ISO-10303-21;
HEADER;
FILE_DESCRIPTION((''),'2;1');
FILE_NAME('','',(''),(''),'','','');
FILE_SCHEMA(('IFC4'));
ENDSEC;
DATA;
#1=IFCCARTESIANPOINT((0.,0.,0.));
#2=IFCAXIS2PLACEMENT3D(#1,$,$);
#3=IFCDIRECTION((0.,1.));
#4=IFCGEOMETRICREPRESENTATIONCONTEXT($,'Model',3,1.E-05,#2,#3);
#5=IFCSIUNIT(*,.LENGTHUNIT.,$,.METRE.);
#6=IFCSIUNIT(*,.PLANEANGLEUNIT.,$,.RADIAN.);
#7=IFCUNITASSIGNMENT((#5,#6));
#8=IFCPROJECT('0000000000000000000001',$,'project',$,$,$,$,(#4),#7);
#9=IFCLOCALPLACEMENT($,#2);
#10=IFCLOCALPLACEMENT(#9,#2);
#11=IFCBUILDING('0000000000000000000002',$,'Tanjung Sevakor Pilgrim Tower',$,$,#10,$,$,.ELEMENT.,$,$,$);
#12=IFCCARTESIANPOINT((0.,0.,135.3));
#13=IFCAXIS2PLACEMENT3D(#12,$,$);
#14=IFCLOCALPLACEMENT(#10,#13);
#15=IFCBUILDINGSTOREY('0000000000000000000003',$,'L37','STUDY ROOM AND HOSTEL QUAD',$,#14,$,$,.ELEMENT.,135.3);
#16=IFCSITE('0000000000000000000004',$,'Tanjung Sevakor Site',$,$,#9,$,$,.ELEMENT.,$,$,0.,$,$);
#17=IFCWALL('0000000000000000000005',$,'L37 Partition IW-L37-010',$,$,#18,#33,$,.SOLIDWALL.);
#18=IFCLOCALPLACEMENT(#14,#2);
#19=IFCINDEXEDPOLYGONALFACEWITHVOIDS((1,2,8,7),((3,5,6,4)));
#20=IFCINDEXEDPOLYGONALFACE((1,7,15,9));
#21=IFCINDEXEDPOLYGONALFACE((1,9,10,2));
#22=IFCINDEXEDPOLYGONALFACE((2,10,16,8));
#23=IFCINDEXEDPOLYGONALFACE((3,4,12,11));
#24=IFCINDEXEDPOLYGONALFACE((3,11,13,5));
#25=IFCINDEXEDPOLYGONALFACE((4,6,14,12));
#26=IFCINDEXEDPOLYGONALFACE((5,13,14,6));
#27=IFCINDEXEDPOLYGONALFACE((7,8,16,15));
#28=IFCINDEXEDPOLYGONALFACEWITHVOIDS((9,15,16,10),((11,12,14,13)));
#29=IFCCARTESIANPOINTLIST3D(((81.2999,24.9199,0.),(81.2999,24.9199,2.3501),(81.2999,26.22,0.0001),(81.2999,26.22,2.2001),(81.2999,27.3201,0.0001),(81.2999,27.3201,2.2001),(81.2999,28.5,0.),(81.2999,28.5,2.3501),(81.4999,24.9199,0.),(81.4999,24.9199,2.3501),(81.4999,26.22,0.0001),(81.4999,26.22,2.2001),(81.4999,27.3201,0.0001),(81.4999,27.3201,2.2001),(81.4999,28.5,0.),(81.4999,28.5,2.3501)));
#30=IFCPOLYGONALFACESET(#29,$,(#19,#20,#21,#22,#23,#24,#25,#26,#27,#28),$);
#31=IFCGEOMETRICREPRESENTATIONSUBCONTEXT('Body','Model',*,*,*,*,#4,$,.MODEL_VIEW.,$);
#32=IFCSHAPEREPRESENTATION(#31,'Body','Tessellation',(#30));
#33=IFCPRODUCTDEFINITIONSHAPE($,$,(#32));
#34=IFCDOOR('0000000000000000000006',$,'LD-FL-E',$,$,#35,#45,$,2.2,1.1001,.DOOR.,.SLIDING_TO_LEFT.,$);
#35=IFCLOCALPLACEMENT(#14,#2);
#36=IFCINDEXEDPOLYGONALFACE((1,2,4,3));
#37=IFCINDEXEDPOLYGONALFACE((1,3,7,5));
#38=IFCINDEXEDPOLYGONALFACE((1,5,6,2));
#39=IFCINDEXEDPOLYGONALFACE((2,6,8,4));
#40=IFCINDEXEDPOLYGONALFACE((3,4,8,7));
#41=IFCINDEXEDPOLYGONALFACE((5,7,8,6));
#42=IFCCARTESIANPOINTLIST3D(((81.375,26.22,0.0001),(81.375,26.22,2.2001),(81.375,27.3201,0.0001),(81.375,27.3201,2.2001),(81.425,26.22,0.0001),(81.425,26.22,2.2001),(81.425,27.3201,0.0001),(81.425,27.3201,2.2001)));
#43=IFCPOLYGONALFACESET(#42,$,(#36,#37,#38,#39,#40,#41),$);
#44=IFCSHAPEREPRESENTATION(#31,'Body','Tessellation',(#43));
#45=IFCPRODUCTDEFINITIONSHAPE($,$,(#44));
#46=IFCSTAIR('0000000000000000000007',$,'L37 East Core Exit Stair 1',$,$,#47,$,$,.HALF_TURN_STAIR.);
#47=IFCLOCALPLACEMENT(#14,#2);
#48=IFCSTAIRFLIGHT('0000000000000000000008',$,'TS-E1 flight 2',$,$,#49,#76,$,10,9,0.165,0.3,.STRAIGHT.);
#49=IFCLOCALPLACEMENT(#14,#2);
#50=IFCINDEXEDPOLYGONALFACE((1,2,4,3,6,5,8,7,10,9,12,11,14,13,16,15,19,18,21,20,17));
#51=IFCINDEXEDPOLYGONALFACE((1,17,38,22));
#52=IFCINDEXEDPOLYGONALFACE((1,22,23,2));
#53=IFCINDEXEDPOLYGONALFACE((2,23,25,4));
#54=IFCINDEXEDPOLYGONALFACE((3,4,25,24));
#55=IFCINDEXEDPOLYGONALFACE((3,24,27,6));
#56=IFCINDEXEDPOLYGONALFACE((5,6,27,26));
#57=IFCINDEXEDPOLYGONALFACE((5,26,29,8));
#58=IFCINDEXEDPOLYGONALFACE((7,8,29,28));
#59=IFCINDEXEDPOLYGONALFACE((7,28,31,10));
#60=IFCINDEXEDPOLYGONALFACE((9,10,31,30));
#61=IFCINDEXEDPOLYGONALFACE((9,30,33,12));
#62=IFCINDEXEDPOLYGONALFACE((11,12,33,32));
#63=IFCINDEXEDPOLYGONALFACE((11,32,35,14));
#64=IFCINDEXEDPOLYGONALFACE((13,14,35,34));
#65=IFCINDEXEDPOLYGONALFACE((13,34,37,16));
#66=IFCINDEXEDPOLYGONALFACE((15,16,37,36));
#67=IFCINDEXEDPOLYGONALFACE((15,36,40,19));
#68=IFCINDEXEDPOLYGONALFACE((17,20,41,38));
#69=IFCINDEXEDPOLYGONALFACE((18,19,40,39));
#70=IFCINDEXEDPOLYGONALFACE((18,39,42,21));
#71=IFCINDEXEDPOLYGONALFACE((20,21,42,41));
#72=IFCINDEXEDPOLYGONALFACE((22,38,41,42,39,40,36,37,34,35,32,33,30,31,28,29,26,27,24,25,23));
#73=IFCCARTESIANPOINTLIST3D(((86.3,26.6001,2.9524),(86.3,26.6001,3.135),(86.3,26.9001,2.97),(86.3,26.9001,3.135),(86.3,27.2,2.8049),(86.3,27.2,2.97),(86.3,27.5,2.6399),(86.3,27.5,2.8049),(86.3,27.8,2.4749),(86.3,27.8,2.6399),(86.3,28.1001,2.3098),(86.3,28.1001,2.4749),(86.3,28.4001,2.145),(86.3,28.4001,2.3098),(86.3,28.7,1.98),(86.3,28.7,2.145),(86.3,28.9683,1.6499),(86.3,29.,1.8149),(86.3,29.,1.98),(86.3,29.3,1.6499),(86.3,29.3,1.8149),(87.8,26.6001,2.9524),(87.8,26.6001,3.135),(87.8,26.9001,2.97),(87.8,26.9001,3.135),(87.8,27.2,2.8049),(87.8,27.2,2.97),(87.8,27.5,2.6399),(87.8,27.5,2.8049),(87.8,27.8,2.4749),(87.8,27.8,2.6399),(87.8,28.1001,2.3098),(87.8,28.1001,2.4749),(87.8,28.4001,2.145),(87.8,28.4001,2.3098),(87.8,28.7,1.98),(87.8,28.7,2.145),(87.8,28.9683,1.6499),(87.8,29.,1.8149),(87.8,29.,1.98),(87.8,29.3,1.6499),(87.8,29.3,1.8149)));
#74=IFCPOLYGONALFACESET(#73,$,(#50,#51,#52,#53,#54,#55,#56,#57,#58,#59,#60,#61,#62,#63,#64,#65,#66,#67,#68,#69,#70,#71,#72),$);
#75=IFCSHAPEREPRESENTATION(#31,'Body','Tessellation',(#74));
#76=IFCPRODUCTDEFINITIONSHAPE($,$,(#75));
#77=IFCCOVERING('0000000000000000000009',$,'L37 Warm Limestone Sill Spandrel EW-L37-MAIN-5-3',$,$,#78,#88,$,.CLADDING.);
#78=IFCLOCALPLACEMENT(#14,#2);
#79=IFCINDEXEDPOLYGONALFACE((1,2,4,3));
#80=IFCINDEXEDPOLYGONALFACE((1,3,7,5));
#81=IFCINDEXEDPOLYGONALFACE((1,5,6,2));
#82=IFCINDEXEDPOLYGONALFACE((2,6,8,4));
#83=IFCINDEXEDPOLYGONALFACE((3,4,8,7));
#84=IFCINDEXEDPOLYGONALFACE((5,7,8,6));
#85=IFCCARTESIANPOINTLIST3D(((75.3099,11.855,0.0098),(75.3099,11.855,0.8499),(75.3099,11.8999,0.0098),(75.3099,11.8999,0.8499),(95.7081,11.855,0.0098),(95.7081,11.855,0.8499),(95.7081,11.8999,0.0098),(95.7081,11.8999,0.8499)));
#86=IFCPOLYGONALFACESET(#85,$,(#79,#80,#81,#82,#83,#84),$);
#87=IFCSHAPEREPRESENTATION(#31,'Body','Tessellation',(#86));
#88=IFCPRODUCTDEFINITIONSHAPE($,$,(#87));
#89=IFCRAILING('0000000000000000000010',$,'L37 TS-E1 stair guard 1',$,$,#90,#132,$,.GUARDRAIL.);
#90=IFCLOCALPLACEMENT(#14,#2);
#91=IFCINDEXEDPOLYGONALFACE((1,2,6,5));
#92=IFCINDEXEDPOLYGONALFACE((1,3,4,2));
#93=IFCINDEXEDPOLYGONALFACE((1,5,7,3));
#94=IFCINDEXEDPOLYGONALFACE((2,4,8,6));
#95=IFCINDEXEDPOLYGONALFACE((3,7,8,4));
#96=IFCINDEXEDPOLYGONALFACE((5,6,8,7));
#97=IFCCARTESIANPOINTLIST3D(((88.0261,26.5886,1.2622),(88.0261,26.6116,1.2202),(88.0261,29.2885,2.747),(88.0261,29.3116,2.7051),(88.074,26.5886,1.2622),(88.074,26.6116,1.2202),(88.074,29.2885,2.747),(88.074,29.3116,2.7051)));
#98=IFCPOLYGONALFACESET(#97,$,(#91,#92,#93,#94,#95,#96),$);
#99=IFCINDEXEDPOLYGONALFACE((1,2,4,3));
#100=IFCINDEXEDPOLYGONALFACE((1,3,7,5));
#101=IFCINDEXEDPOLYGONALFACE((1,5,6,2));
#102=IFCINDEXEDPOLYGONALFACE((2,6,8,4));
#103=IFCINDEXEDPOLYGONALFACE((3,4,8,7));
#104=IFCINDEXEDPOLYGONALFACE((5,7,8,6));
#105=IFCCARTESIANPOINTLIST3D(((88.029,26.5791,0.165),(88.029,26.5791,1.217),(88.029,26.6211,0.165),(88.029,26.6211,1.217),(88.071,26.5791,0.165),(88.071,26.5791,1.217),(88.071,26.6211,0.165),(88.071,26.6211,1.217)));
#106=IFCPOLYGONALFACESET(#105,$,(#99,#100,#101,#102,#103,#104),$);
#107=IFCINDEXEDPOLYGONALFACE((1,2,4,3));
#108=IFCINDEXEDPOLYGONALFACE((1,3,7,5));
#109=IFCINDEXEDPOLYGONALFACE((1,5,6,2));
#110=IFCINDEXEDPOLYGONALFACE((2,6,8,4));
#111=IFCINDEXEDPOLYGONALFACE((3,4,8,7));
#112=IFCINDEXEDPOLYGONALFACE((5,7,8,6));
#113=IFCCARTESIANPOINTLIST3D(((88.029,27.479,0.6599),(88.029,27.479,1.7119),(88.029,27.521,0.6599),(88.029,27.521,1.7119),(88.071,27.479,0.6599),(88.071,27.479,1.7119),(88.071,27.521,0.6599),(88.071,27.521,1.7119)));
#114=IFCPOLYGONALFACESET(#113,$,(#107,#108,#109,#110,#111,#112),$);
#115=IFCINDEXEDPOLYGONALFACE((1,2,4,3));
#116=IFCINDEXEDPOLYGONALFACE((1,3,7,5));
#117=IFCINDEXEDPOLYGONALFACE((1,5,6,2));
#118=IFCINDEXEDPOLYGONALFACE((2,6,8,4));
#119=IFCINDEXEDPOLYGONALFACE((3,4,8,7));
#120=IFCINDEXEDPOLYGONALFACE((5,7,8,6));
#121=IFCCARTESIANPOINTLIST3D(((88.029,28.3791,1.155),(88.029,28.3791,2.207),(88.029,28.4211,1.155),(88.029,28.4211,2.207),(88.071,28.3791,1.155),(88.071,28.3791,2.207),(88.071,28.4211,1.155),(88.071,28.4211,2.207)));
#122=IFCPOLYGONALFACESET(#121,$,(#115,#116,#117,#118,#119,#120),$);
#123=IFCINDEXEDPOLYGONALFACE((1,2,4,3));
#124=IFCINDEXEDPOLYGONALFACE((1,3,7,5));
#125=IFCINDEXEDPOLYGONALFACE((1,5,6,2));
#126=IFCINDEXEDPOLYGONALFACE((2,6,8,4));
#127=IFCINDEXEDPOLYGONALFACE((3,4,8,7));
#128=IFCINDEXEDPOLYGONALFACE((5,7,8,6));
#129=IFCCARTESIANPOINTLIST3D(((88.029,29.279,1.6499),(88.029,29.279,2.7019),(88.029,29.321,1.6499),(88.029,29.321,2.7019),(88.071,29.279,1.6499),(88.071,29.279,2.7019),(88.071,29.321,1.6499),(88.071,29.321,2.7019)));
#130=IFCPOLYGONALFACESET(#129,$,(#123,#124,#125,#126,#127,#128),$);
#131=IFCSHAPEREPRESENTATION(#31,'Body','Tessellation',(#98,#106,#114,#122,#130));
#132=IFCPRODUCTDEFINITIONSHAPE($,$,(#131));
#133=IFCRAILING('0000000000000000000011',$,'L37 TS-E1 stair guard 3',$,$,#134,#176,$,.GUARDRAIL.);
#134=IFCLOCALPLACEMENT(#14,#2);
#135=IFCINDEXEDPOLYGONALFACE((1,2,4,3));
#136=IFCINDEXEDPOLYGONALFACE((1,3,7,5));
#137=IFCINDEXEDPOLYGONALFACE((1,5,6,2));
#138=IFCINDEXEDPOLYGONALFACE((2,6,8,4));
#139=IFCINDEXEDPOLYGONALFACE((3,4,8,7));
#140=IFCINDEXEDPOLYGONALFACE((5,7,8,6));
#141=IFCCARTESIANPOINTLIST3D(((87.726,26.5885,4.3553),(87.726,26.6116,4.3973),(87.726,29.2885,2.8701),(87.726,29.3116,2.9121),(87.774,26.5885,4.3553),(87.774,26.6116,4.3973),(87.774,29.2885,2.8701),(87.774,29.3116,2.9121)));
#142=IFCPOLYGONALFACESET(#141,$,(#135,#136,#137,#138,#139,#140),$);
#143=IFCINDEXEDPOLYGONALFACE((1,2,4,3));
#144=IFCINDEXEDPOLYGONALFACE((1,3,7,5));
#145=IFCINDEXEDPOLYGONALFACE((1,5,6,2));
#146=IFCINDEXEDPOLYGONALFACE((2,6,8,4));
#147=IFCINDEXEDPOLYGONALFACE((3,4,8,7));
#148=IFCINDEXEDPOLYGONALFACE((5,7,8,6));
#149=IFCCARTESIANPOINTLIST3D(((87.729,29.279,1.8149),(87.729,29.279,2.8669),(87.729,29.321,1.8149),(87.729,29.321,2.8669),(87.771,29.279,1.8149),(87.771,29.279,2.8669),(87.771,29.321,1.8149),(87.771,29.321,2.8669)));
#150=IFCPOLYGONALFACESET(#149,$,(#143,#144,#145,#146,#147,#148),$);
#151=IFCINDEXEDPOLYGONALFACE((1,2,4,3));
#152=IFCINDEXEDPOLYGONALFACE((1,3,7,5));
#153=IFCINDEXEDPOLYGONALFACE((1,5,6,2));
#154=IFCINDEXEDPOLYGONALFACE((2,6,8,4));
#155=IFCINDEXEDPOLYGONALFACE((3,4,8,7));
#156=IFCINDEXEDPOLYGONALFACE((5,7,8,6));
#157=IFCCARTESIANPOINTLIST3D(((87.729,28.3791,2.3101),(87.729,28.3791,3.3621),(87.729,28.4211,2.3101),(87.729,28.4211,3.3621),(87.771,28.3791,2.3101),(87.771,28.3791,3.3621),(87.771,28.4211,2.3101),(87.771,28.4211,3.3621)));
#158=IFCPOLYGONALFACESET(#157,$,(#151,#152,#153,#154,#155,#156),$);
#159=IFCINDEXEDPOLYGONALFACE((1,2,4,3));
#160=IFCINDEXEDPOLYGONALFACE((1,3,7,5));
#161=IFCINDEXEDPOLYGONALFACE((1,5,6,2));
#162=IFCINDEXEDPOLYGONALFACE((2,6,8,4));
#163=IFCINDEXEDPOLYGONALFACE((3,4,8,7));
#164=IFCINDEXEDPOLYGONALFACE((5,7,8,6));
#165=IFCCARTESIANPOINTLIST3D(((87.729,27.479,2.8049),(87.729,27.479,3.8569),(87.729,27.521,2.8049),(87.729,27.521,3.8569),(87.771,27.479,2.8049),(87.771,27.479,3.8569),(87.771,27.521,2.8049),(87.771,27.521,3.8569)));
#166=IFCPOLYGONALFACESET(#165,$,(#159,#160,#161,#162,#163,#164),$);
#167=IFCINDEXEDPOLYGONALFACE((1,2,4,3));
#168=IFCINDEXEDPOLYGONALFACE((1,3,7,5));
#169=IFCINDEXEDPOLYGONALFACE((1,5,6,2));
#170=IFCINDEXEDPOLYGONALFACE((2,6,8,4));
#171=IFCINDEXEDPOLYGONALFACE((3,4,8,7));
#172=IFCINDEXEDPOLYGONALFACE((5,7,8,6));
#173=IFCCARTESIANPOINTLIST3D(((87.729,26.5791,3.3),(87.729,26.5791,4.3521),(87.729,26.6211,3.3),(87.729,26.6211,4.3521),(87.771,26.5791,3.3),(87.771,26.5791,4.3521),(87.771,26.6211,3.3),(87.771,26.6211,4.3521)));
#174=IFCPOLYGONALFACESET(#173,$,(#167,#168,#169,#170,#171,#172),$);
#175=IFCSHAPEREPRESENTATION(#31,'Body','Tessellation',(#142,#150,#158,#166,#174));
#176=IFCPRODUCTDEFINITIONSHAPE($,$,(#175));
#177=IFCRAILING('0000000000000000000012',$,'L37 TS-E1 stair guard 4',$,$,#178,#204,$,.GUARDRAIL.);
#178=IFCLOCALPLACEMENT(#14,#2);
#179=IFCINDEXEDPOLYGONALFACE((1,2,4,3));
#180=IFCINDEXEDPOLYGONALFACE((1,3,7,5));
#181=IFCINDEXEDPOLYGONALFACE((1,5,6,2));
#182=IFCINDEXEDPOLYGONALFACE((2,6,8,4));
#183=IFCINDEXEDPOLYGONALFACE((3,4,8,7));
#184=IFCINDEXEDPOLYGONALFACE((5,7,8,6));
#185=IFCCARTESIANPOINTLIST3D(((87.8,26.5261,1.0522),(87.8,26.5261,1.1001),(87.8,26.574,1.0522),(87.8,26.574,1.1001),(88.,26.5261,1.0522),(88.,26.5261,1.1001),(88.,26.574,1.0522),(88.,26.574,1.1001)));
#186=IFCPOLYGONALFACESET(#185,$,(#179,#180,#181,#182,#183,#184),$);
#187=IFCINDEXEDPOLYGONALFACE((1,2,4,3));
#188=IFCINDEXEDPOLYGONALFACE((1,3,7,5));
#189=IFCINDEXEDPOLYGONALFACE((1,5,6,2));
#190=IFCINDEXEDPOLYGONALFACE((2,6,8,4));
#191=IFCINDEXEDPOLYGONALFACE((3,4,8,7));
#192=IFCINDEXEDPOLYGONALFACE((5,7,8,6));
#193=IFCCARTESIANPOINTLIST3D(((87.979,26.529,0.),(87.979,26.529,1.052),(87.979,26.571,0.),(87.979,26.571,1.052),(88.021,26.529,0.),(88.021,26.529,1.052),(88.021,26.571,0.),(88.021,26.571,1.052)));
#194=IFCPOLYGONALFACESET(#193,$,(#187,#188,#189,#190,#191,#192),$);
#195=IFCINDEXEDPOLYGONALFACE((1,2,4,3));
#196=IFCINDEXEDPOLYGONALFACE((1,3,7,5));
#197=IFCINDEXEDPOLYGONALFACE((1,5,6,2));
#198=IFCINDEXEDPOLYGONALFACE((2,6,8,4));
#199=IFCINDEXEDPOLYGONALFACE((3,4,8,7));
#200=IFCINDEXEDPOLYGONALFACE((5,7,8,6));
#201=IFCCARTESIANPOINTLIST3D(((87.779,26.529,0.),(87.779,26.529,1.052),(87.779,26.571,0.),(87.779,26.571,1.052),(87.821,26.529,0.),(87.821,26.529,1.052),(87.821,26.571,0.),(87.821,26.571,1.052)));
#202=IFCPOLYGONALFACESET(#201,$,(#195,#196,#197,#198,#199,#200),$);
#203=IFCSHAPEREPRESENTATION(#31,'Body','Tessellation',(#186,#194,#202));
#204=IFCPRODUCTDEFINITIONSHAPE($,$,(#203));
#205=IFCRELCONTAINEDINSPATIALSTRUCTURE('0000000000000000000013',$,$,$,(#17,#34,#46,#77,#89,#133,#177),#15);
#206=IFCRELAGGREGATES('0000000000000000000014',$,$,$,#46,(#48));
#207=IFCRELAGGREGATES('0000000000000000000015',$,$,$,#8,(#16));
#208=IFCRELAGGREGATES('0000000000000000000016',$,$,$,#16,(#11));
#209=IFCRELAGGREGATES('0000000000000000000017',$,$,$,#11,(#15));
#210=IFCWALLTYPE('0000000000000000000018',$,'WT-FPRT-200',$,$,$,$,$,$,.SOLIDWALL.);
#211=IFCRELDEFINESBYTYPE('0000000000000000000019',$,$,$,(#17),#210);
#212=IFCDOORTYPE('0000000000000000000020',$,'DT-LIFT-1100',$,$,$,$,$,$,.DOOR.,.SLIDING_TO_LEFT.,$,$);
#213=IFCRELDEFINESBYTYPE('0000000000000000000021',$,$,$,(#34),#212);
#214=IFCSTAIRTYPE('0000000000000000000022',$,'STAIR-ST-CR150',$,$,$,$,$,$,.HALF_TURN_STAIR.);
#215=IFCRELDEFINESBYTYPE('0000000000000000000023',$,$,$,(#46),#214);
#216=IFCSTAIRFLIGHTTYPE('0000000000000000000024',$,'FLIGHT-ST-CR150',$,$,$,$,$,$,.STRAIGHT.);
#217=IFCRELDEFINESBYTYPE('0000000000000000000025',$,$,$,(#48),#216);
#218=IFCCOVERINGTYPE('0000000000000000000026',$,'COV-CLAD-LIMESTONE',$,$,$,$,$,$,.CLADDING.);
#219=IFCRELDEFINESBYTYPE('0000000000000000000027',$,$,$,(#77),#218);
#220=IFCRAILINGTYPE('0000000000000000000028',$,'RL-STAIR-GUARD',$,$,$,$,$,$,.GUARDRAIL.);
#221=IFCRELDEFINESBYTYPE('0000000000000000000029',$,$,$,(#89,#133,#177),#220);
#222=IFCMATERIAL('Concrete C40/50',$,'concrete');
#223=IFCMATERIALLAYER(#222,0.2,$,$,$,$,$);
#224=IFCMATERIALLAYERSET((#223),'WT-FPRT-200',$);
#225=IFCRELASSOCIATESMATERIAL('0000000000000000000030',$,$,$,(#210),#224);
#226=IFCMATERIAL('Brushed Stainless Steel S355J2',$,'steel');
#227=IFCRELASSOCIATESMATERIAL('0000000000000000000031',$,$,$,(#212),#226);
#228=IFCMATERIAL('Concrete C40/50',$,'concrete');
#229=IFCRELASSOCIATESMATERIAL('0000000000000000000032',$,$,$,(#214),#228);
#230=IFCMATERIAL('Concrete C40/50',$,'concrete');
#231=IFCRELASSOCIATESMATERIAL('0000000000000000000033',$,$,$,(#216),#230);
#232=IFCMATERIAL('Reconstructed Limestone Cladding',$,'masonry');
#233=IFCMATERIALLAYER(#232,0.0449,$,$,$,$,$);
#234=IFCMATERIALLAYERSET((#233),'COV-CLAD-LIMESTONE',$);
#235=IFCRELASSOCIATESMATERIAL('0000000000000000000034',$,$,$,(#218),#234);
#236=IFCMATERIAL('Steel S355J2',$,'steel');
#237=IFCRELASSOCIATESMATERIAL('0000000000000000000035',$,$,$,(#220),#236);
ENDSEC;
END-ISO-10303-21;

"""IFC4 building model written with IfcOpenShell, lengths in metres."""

from ifc_helpers import new_model, si_unit, direction, frame, frame_2d, origin, origin_2d, place, context, subcontext, project, spatial, polyline, rectangle, outline, extrude, material, layer, layer_set, type_object, element, fill, aggregate, save


model = new_model("IFC4")

# Units and contexts
model_context = context("Model", 3, precision=1e-05, world=origin(), true_north=direction((0.0, 1.0)))
body_context = subcontext(model_context, "Body", "Model", "MODEL_VIEW")
ifc_project = project(units=[si_unit("LENGTHUNIT", "METRE"), si_unit("PLANEANGLEUNIT", "RADIAN")], contexts=[model_context])

# Site, building, storey
site_placement = place(None, origin())
site = spatial("IfcSite", under=ifc_project, at=site_placement, Name="Tanjung Sevakor Site", CompositionType="ELEMENT", RefElevation=0.0)
building_placement = place(site_placement, origin())
building = spatial("IfcBuilding", under=site, at=building_placement, Name="Tanjung Sevakor Pilgrim Tower", CompositionType="ELEMENT")
storey_placement = place(building_placement, frame((0.0, 0.0, 135.3)))
storey = spatial("IfcBuildingStorey", under=building, at=storey_placement, Name="L37", Description="STUDY ROOM AND HOSTEL QUAD", CompositionType="ELEMENT", Elevation=135.3)

# Wall, opening, door
ifc_material_1 = material(Name="Concrete C40/50", Category="concrete")
ifc_layer_1 = layer(ifc_material_1, 0.2)
ifc_layer_set_1 = layer_set([ifc_layer_1], Name="WT-FPRT-200")
wall_type_1 = type_object("IfcWallType", Name="WT-FPRT-200", PredefinedType="SOLIDWALL", material=ifc_layer_set_1)
wall_1_placement = place(storey_placement, frame((81.3999, 24.9199, 0.0), z_axis=(0.0, 0.0, 1.0), x_axis=(0.0, 1.0, 0.0)))
wall_1 = element("IfcWall", 1, at=wall_1_placement, inside=storey, type_object=wall_type_1, Name="L37 Partition IW-L37-010", PredefinedType="SOLIDWALL", context=body_context, shape_type="SweptSolid", body=[
    extrude(rectangle(XDim=3.5801, YDim=0.2, at=frame_2d((1.79, 0.0))), origin(), (0.0, 0.0, 1.0), 2.3501),
])
opening_1_placement = place(wall_1_placement, frame((1.3, 0.0, 0.0)))
opening_1 = element("IfcOpeningElement", 2, at=opening_1_placement, cuts=wall_1, PredefinedType="OPENING", context=body_context, shape_type="SweptSolid", body=[
    extrude(rectangle(XDim=1.1001, YDim=2.2, at=frame_2d((0.55, 1.1001))), frame((0.0, 0.1099, 0.0), z_axis=(0.0, -1.0, 0.0), x_axis=(1.0, 0.0, 0.0)), (0.0, 0.0, 1.0), 0.22),
])
ifc_material_2 = material(Name="Brushed Stainless Steel S355J2", Category="steel")
door_type_1 = type_object("IfcDoorType", Name="DT-LIFT-1100", OperationType="SLIDING_TO_LEFT", PredefinedType="DOOR", material=ifc_material_2)
door_1_placement = place(opening_1_placement, origin())
door_1 = element("IfcDoor", 3, at=door_1_placement, inside=storey, type_object=door_type_1, Name="LD-FL-E", OperationType="SLIDING_TO_LEFT", OverallHeight=2.2, OverallWidth=1.1001, PredefinedType="DOOR", context=body_context, shape_type="SweptSolid", body=[
    extrude(rectangle(XDim=1.1001, YDim=2.2, at=frame_2d((0.55, 1.1001))), frame((0.0, 0.0249, 0.0), z_axis=(0.0, -1.0, 0.0), x_axis=(1.0, 0.0, 0.0)), (0.0, 0.0, 1.0), 0.05),
])
fill(opening_1, door_1)

# Stair, stair flight
ifc_material_3 = material(Name="Concrete C40/50", Category="concrete")
stair_type = type_object("IfcStairType", Name="STAIR-ST-CR150", PredefinedType="HALF_TURN_STAIR", material=ifc_material_3)
stair_placement = place(storey_placement, origin())
stair = element("IfcStair", 4, at=stair_placement, inside=storey, type_object=stair_type, Name="L37 East Core Exit Stair 1", PredefinedType="HALF_TURN_STAIR")
ifc_material_4 = material(Name="Concrete C40/50", Category="concrete")
stair_flight_type = type_object("IfcStairFlightType", Name="FLIGHT-ST-CR150", PredefinedType="STRAIGHT", material=ifc_material_4)
stair_flight_placement = place(storey_placement, frame((87.05, 29.3, 1.6499), z_axis=(0.0, 0.0, 1.0), x_axis=(0.0, -1.0, 0.0)))
stair_flight = element("IfcStairFlight", 5, at=stair_flight_placement, type_object=stair_flight_type, Name="TS-E1 flight 2", NumberOfRisers=10, NumberOfTreads=9, PredefinedType="STRAIGHT", RiserHeight=0.165, TreadLength=0.3, context=body_context, shape_type="SweptSolid", body=[
    extrude(outline(polyline([(0.0, 0.0), (0.0, 0.165), (0.3, 0.165), (0.3, 0.3301), (0.6001, 0.3301), (0.6001, 0.4951), (0.8999, 0.4951), (0.8999, 0.6599), (1.2, 0.6599), (1.2, 0.825), (1.5, 0.825), (1.5, 0.99), (1.8, 0.99), (1.8, 1.155), (2.1001, 1.155), (2.1001, 1.3201), (2.3999, 1.3201), (2.3999, 1.4851), (2.7, 1.4851), (2.7, 1.6499), (2.7, 1.3025), (0.3318, 0.0), (0.0, 0.0)])), frame((0.0, 0.75, 0.0), z_axis=(0.0, -1.0, 0.0), x_axis=(1.0, 0.0, 0.0)), (0.0, 0.0, 1.0), 1.5),
])
aggregate(stair, [stair_flight])

# Covering
ifc_material_5 = material(Name="Reconstructed Limestone Cladding", Category="masonry")
ifc_layer_2 = layer(ifc_material_5, 0.0449)
ifc_layer_set_2 = layer_set([ifc_layer_2], Name="COV-CLAD-LIMESTONE")
covering_type = type_object("IfcCoveringType", Name="COV-CLAD-LIMESTONE", PredefinedType="CLADDING", material=ifc_layer_set_2)
covering_placement = place(storey_placement, frame((85.509, 11.8774, 0.0098), z_axis=(0.0, 0.0, 1.0), x_axis=(1.0, 0.0, 0.0)))
element("IfcCovering", 6, at=covering_placement, inside=storey, type_object=covering_type, Name="L37 Warm Limestone Sill Spandrel EW-L37-MAIN-5-3", PredefinedType="CLADDING", context=body_context, shape_type="SweptSolid", body=[
    extrude(rectangle(XDim=20.3982, YDim=0.0449, at=origin_2d()), origin(), (0.0, 0.0, 1.0), 0.8401),
])

# Railings
ifc_material_6 = material(Name="Steel S355J2", Category="steel")
railing_type_1 = type_object("IfcRailingType", Name="RL-STAIR-GUARD", PredefinedType="GUARDRAIL", material=ifc_material_6)
railing_1_placement = place(storey_placement, frame((88.05, 26.6001, 0.165)))
element("IfcRailing", 7, at=railing_1_placement, inside=storey, type_object=railing_type_1, Name="L37 TS-E1 stair guard 1", PredefinedType="GUARDRAIL", context=body_context, shape_type="SweptSolid", body=[
    extrude(rectangle(XDim=0.0479, YDim=0.0479), frame((0.0, 0.0, 1.0762), z_axis=(0.0, 0.876231, 0.481891), x_axis=(-1.0, 0.0, 0.0)), (0.0, 0.0, 1.0), 3.0813),
    extrude(rectangle(XDim=0.042, YDim=0.042), origin(), (0.0, 0.0, 1.0), 1.052),
    extrude(rectangle(XDim=0.042, YDim=0.042), frame((0.0, 0.8999, 0.4949)), (0.0, 0.0, 1.0), 1.052),
    extrude(rectangle(XDim=0.042, YDim=0.042), frame((0.0, 1.8, 0.99)), (0.0, 0.0, 1.0), 1.052),
    extrude(rectangle(XDim=0.042, YDim=0.042), frame((0.0, 2.7, 1.4849)), (0.0, 0.0, 1.0), 1.052),
])
railing_2_placement = place(storey_placement, frame((87.75, 29.3, 1.8149)))
element("IfcRailing", 8, at=railing_2_placement, inside=storey, type_object=railing_type_1, Name="L37 TS-E1 stair guard 3", PredefinedType="GUARDRAIL", context=body_context, shape_type="SweptSolid", body=[
    extrude(rectangle(XDim=0.0479, YDim=0.0479), frame((0.0, 0.0, 1.0762), z_axis=(0.0, -0.876198, 0.481952), x_axis=(1.0, 0.0, 0.0)), (0.0, 0.0, 1.0), 3.0815),
    extrude(rectangle(XDim=0.042, YDim=0.042), origin(), (0.0, 0.0, 1.0), 1.052),
    extrude(rectangle(XDim=0.042, YDim=0.042), frame((0.0, -0.8999, 0.4951)), (0.0, 0.0, 1.0), 1.052),
    extrude(rectangle(XDim=0.042, YDim=0.042), frame((0.0, -1.8, 0.99)), (0.0, 0.0, 1.0), 1.052),
    extrude(rectangle(XDim=0.042, YDim=0.042), frame((0.0, -2.7, 1.4851)), (0.0, 0.0, 1.0), 1.052),
])
railing_3_placement = place(storey_placement, frame((88.0, 26.55, 0.0)))
element("IfcRailing", 9, at=railing_3_placement, inside=storey, type_object=railing_type_1, Name="L37 TS-E1 stair guard 4", PredefinedType="GUARDRAIL", context=body_context, shape_type="SweptSolid", body=[
    extrude(rectangle(XDim=0.0479, YDim=0.0479), frame((0.0, 0.0, 1.0762), z_axis=(-1.0, 0.0, 0.0), x_axis=(0.0, -1.0, 0.0)), (0.0, 0.0, 1.0), 0.2),
    extrude(rectangle(XDim=0.042, YDim=0.042), origin(), (0.0, 0.0, 1.0), 1.052),
    extrude(rectangle(XDim=0.042, YDim=0.042), frame((-0.2, 0.0, 0.0)), (0.0, 0.0, 1.0), 1.052),
])

save(model, "model.ifc")
